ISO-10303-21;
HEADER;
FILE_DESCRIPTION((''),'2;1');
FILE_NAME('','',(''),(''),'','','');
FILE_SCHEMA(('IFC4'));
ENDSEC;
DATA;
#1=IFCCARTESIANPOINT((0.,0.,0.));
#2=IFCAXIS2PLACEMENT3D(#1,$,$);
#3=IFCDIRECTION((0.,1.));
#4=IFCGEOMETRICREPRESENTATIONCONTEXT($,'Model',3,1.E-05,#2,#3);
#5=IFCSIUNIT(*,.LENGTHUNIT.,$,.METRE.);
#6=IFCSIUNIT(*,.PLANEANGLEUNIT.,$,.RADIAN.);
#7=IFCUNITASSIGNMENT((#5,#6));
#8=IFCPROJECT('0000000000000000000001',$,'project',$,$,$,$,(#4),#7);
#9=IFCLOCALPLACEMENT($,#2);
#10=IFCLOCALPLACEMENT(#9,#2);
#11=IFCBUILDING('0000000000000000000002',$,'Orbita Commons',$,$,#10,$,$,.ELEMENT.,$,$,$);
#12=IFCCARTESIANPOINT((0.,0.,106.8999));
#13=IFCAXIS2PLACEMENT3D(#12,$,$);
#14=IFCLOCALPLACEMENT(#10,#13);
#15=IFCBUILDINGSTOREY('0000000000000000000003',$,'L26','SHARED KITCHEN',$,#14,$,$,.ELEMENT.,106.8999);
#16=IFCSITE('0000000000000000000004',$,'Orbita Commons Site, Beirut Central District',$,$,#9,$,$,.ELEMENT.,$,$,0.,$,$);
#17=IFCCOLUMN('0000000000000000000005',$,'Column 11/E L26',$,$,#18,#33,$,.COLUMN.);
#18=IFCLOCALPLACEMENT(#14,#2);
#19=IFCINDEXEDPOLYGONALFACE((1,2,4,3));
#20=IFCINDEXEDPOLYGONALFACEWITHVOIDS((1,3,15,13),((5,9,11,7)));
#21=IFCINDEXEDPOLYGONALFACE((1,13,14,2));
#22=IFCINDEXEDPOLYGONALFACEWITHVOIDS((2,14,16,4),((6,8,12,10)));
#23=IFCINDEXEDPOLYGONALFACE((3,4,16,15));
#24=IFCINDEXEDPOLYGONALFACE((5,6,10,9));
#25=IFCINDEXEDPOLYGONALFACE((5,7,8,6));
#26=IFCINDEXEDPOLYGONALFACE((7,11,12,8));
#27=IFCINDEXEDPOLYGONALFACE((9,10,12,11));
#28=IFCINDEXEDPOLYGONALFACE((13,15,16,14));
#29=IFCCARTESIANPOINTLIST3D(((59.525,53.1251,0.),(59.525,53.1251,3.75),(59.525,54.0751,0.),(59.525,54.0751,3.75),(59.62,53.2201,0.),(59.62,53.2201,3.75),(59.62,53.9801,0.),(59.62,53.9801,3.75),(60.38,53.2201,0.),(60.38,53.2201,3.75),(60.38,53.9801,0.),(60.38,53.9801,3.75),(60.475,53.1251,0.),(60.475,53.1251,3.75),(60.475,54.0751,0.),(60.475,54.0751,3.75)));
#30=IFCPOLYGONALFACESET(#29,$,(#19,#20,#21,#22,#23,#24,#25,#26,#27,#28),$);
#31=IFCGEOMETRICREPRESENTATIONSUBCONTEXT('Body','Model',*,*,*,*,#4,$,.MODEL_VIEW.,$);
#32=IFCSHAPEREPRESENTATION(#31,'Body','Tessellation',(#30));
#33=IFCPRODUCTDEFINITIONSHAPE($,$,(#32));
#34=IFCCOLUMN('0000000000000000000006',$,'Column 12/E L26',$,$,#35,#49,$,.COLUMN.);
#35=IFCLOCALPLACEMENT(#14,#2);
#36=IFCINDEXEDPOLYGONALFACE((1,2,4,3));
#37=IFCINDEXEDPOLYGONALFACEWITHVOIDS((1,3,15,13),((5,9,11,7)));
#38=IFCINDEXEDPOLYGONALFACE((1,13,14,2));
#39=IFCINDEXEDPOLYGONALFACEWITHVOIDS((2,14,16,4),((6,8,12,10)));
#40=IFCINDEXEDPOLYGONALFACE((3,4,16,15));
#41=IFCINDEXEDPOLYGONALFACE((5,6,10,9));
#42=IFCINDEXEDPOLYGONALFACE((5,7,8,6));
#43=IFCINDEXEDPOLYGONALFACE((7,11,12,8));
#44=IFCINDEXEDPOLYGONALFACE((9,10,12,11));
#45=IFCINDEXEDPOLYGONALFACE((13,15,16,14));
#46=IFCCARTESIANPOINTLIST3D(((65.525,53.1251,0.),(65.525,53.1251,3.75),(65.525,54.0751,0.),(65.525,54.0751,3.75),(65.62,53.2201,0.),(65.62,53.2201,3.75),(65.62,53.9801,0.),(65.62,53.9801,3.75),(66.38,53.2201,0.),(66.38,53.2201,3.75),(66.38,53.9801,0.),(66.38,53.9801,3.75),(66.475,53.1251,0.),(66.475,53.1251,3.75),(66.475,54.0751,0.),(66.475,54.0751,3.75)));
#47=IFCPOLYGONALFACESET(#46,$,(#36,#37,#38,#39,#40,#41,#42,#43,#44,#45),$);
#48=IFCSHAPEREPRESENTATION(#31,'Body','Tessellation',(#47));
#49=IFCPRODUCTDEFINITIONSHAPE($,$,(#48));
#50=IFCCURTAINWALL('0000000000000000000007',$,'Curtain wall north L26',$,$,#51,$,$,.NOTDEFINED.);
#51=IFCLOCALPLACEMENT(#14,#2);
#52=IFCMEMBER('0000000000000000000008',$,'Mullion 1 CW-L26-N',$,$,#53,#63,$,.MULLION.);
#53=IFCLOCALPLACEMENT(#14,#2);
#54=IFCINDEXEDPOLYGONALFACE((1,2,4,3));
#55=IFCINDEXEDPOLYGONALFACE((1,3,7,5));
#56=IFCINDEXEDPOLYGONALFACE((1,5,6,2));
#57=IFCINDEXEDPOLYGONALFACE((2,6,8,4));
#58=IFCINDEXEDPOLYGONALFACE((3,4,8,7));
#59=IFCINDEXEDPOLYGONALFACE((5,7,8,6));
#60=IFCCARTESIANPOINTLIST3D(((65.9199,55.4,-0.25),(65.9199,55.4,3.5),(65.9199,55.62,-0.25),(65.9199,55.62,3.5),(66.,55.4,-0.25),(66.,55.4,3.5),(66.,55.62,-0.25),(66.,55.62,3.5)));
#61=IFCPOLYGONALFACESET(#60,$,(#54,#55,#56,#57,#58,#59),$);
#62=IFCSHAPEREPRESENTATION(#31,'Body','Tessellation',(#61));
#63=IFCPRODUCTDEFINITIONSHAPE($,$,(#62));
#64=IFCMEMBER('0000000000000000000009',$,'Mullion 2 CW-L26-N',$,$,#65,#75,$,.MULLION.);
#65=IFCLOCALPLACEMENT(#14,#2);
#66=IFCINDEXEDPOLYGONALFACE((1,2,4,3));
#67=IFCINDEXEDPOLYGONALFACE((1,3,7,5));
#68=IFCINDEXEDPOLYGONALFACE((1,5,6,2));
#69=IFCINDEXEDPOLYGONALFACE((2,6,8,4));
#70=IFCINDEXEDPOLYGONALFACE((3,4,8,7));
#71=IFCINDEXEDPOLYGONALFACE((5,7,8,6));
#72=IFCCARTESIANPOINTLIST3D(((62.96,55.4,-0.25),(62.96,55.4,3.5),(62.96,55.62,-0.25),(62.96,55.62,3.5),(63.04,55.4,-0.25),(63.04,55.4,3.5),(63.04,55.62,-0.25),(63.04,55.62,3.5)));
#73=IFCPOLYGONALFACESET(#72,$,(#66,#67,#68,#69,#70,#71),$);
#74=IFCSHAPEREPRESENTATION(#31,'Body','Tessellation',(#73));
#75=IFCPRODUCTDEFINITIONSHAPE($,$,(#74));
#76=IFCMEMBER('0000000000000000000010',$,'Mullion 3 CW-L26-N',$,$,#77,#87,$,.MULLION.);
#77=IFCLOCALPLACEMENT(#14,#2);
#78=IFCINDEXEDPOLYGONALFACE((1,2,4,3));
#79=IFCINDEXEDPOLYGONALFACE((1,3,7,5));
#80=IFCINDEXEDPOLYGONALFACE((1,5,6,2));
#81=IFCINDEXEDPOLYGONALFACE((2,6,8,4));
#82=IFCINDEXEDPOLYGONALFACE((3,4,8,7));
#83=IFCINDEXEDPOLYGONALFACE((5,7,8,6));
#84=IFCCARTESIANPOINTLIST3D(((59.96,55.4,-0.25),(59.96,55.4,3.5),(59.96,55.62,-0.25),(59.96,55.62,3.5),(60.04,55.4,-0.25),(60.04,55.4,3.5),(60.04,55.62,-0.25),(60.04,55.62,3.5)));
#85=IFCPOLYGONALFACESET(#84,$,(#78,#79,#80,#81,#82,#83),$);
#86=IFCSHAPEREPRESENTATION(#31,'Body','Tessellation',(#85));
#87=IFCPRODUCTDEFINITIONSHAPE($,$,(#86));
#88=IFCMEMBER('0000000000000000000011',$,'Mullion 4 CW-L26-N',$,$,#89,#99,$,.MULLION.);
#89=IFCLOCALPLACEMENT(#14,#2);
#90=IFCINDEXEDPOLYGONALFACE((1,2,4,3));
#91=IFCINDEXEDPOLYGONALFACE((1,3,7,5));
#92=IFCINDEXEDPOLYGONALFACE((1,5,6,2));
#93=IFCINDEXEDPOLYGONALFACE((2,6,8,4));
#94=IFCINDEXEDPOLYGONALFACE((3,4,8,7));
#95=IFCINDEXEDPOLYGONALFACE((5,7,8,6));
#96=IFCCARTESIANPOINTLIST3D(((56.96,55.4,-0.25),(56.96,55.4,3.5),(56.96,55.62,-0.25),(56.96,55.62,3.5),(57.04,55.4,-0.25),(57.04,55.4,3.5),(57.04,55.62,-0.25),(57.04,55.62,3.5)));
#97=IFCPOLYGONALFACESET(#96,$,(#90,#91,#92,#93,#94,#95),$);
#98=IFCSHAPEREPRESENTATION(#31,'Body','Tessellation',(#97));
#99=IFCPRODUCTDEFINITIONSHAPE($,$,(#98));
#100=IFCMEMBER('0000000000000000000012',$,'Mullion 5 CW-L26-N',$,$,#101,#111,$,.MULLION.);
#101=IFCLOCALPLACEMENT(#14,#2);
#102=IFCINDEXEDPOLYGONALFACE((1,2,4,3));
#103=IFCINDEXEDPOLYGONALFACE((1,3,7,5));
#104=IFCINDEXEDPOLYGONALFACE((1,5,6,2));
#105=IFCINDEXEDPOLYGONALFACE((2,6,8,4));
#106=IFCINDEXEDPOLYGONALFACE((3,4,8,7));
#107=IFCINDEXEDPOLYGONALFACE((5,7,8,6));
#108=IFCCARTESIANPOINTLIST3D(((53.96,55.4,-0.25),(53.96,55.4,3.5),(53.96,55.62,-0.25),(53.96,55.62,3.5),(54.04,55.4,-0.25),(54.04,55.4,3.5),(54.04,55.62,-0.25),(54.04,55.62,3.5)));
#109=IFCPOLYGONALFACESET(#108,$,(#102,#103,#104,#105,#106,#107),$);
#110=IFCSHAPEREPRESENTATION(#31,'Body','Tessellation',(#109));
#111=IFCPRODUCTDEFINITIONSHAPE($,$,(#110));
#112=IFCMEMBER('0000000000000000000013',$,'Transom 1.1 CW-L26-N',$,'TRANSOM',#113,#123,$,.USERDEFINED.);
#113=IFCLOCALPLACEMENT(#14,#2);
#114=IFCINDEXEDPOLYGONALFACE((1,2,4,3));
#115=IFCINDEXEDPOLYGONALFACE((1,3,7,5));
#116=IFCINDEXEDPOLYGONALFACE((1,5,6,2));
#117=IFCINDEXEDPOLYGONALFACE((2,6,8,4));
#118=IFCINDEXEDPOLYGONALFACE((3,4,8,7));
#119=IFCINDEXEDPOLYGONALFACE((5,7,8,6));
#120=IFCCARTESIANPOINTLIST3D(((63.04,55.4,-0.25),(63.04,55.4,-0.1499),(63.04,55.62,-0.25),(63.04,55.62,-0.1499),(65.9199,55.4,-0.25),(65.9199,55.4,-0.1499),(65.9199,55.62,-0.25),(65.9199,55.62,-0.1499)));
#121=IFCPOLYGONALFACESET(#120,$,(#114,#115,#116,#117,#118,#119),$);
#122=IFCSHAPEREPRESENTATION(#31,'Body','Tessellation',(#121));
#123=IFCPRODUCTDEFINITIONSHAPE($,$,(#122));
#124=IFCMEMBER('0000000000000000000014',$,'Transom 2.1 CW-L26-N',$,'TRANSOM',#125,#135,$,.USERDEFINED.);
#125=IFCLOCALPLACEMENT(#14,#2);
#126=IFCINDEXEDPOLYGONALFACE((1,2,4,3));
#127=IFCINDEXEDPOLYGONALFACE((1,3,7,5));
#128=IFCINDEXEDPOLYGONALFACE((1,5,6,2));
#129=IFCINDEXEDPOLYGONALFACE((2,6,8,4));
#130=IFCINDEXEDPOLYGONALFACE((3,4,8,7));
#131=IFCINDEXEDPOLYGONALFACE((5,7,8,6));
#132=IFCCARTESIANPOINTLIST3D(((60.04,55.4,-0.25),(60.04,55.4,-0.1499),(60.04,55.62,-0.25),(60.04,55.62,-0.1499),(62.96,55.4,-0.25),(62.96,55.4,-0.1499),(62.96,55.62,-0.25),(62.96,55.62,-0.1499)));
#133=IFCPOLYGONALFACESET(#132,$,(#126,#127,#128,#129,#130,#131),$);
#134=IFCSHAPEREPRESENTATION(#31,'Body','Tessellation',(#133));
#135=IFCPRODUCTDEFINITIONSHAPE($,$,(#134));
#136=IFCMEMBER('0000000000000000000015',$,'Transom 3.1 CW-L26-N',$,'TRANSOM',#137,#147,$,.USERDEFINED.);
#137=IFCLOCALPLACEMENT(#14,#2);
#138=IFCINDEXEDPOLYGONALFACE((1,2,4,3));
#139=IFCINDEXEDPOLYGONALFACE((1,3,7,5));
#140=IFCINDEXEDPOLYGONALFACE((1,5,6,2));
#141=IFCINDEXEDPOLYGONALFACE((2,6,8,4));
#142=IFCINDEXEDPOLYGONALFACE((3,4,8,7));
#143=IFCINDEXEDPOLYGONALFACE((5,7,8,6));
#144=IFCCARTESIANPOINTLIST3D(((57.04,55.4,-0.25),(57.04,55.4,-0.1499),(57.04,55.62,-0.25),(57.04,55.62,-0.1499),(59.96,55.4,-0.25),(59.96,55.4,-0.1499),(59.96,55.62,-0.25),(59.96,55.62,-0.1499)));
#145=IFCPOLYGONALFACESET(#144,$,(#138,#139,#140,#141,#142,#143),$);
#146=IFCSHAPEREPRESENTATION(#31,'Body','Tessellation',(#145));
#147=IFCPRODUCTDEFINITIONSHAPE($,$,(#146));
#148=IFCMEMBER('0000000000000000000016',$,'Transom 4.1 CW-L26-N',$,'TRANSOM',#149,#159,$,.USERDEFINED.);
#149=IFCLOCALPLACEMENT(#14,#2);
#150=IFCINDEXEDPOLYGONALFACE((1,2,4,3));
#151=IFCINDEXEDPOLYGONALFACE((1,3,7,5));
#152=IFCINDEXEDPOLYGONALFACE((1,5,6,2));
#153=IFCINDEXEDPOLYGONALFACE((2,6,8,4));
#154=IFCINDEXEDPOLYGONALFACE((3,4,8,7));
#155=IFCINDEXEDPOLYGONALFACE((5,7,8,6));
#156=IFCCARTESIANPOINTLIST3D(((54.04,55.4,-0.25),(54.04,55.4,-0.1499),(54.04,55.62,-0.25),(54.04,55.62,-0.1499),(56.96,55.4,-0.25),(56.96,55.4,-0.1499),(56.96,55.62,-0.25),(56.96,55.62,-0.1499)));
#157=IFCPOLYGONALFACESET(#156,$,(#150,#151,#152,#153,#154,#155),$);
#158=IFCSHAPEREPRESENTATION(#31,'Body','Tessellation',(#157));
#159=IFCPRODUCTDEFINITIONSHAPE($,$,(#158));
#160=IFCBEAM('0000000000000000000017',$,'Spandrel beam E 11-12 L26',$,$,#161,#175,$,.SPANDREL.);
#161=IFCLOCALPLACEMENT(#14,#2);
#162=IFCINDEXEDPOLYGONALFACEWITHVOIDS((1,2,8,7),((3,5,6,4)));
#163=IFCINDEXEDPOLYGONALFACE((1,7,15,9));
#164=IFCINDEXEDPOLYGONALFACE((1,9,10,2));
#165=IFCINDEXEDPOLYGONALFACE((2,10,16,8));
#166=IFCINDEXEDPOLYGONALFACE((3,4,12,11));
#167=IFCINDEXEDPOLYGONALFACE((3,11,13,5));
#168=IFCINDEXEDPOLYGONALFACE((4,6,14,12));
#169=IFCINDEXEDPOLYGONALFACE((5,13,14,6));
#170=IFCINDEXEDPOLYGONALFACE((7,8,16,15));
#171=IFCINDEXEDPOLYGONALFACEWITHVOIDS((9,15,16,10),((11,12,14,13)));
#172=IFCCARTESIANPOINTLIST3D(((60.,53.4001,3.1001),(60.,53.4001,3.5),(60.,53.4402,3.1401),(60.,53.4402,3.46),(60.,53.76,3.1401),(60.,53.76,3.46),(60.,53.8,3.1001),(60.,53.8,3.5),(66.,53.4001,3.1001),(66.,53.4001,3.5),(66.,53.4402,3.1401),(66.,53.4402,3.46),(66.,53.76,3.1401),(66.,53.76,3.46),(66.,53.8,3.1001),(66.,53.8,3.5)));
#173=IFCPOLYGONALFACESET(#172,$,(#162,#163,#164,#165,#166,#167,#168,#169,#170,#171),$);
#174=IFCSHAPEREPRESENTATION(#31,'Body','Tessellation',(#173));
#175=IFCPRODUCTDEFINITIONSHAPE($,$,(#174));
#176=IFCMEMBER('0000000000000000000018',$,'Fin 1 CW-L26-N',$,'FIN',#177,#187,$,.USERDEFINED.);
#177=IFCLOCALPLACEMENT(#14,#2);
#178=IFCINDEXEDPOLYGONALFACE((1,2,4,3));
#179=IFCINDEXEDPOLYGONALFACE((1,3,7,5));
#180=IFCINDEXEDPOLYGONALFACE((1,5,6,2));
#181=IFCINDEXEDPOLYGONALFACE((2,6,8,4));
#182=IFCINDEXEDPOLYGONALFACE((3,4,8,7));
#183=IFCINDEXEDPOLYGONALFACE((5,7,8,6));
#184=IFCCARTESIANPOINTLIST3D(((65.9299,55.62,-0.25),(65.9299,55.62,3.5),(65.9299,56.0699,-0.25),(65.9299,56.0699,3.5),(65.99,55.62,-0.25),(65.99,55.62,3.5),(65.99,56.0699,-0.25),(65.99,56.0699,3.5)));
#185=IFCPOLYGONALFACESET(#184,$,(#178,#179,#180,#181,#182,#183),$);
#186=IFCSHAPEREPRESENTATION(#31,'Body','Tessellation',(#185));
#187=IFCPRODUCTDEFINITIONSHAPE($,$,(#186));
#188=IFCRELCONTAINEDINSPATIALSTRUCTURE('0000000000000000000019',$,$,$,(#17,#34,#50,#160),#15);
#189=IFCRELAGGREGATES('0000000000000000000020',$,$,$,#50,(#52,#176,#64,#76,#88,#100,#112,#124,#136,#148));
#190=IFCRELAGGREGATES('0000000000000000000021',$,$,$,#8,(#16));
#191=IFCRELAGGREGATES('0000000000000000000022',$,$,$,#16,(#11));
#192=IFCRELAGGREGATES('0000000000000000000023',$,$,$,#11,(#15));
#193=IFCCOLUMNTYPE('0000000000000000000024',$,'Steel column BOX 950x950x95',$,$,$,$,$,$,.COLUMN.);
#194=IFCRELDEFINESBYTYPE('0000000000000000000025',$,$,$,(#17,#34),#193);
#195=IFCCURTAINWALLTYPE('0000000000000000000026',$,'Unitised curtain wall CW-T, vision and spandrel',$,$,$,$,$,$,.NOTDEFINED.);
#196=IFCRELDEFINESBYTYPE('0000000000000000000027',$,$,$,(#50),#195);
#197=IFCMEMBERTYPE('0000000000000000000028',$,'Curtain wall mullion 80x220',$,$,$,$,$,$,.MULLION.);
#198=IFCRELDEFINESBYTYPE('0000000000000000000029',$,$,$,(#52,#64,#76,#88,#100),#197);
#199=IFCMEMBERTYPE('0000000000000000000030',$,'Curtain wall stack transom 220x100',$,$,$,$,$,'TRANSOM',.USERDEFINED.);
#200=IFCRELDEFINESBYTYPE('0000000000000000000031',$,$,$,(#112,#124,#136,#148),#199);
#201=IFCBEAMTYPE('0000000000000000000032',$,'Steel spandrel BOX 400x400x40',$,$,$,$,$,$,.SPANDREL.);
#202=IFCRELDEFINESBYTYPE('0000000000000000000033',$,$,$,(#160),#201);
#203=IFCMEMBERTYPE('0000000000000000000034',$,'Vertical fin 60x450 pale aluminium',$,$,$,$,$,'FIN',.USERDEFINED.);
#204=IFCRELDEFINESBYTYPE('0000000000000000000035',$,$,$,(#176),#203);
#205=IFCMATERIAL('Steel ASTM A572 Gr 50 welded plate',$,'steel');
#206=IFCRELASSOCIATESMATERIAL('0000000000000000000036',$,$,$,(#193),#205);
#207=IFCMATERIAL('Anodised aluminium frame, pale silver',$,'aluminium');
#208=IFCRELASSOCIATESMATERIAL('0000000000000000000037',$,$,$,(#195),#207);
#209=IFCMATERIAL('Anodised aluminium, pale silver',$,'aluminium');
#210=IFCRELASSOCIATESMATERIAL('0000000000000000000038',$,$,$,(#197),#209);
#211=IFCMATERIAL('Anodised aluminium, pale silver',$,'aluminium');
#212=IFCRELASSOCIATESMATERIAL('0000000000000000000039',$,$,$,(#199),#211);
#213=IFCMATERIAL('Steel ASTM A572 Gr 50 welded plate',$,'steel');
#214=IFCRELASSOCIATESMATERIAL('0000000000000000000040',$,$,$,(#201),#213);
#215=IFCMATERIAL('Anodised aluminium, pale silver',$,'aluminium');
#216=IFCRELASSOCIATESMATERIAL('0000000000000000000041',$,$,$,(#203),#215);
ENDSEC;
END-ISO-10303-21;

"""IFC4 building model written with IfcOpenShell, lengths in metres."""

from ifc_helpers import new_model, si_unit, direction, frame, origin, origin_2d, place, context, subcontext, project, spatial, rectangle, hollow_rectangle, extrude, material, material_profile, profile_set, type_object, element, aggregate, save


model = new_model("IFC4")

# Units and contexts
model_context = context("Model", 3, precision=1e-05, world=origin(), true_north=direction((0.0, 1.0)))
body_context = subcontext(model_context, "Body", "Model", "MODEL_VIEW")
ifc_project = project(units=[si_unit("LENGTHUNIT", "METRE"), si_unit("PLANEANGLEUNIT", "RADIAN")], contexts=[model_context])

# Site, building, storey
site_placement = place(None, origin())
site = spatial("IfcSite", under=ifc_project, at=site_placement, Name="Orbita Commons Site, Beirut Central District", CompositionType="ELEMENT", RefElevation=0.0)
building_placement = place(site_placement, origin())
building = spatial("IfcBuilding", under=site, at=building_placement, Name="Orbita Commons", CompositionType="ELEMENT")
storey_placement = place(building_placement, frame((0.0, 0.0, 106.8999)))
storey = spatial("IfcBuildingStorey", under=building, at=storey_placement, Name="L26", Description="SHARED KITCHEN", CompositionType="ELEMENT", Elevation=106.8999)

# Columns
ifc_material_1 = material(Name="Steel ASTM A572 Gr 50 welded plate", Category="steel")
ifc_material_profile_1 = material_profile(ifc_material_1, hollow_rectangle(XDim=0.95, YDim=0.95, WallThickness=0.095, at=origin_2d()), Name="BOX 950x950x95")
ifc_profile_set_1 = profile_set([ifc_material_profile_1], Name="Steel ASTM A572 Gr 50 welded plate")
column_type = type_object("IfcColumnType", Name="Steel column BOX 950x950x95", PredefinedType="COLUMN", material=ifc_profile_set_1)
for number, where, z_axis, x_axis, name in (
    (1, (60.0, 53.6001, 0.0), (0.0, 0.0, 1.0), (1.0, 0.0, 0.0), "Column 11/E L26"),
    (2, (66.0, 53.6001, 0.0), (0.0, 0.0, 1.0), (1.0, 0.0, 0.0), "Column 12/E L26"),
):
    element("IfcColumn", number, at=place(storey_placement, frame(where, z_axis=z_axis, x_axis=x_axis)), inside=storey, type_object=column_type, Name=name, PredefinedType="COLUMN", context=body_context, shape_type="SweptSolid", body=[
        extrude(hollow_rectangle(XDim=0.95, YDim=0.95, WallThickness=0.095, at=origin_2d()), origin(), (0.0, 0.0, 1.0), 3.75),
    ])

# Curtain wall, members
ifc_material_2 = material(Name="Anodised aluminium frame, pale silver", Category="aluminium")
curtain_wall_type = type_object("IfcCurtainWallType", Name="Unitised curtain wall CW-T, vision and spandrel", PredefinedType="NOTDEFINED", material=ifc_material_2)
curtain_wall_placement = place(storey_placement, origin())
curtain_wall = element("IfcCurtainWall", 3, at=curtain_wall_placement, inside=storey, type_object=curtain_wall_type, Name="Curtain wall north L26", PredefinedType="NOTDEFINED")
ifc_material_3 = material(Name="Anodised aluminium, pale silver", Category="aluminium")
ifc_material_profile_2 = material_profile(ifc_material_3, rectangle(XDim=0.0801, YDim=0.22, at=origin_2d()), Name="AL 80x220")
ifc_profile_set_2 = profile_set([ifc_material_profile_2], Name="Anodised aluminium, pale silver")
member_type_1 = type_object("IfcMemberType", Name="Curtain wall mullion 80x220", PredefinedType="MULLION", material=ifc_profile_set_2)
member_1_placement = place(storey_placement, frame((65.96, 55.51, -0.25), z_axis=(0.0, 0.0, 1.0), x_axis=(-1.0, 0.0, 0.0)))
member_1 = element("IfcMember", 4, at=member_1_placement, type_object=member_type_1, Name="Mullion 1 CW-L26-N", PredefinedType="MULLION", context=body_context, shape_type="SweptSolid", body=[
    extrude(rectangle(XDim=0.0801, YDim=0.22, at=origin_2d()), origin(), (0.0, 0.0, 1.0), 3.75),
])
member_2_placement = place(storey_placement, frame((63.0, 55.51, -0.25), z_axis=(0.0, 0.0, 1.0), x_axis=(-1.0, 0.0, 0.0)))
member_2 = element("IfcMember", 5, at=member_2_placement, type_object=member_type_1, Name="Mullion 2 CW-L26-N", PredefinedType="MULLION", context=body_context, shape_type="SweptSolid", body=[
    extrude(rectangle(XDim=0.0801, YDim=0.22, at=origin_2d()), origin(), (0.0, 0.0, 1.0), 3.75),
])
member_3_placement = place(storey_placement, frame((60.0, 55.51, -0.25), z_axis=(0.0, 0.0, 1.0), x_axis=(-1.0, 0.0, 0.0)))
member_3 = element("IfcMember", 6, at=member_3_placement, type_object=member_type_1, Name="Mullion 3 CW-L26-N", PredefinedType="MULLION", context=body_context, shape_type="SweptSolid", body=[
    extrude(rectangle(XDim=0.0801, YDim=0.22, at=origin_2d()), origin(), (0.0, 0.0, 1.0), 3.75),
])
member_4_placement = place(storey_placement, frame((57.0, 55.51, -0.25), z_axis=(0.0, 0.0, 1.0), x_axis=(-1.0, 0.0, 0.0)))
member_4 = element("IfcMember", 7, at=member_4_placement, type_object=member_type_1, Name="Mullion 4 CW-L26-N", PredefinedType="MULLION", context=body_context, shape_type="SweptSolid", body=[
    extrude(rectangle(XDim=0.0801, YDim=0.22, at=origin_2d()), origin(), (0.0, 0.0, 1.0), 3.75),
])
member_5_placement = place(storey_placement, frame((54.0, 55.51, -0.25), z_axis=(0.0, 0.0, 1.0), x_axis=(-1.0, 0.0, 0.0)))
member_5 = element("IfcMember", 8, at=member_5_placement, type_object=member_type_1, Name="Mullion 5 CW-L26-N", PredefinedType="MULLION", context=body_context, shape_type="SweptSolid", body=[
    extrude(rectangle(XDim=0.0801, YDim=0.22, at=origin_2d()), origin(), (0.0, 0.0, 1.0), 3.75),
])
ifc_material_4 = material(Name="Anodised aluminium, pale silver", Category="aluminium")
ifc_material_profile_3 = material_profile(ifc_material_4, rectangle(XDim=0.22, YDim=0.1001, at=origin_2d()), Name="AL 220x100")
ifc_profile_set_3 = profile_set([ifc_material_profile_3], Name="Anodised aluminium, pale silver")
member_type_2 = type_object("IfcMemberType", Name="Curtain wall stack transom 220x100", ElementType="TRANSOM", PredefinedType="USERDEFINED", material=ifc_profile_set_3)
member_6_placement = place(storey_placement, frame((65.9199, 55.51, -0.2), z_axis=(-1.0, 0.0, 0.0), x_axis=(0.0, -1.0, 0.0)))
member_6 = element("IfcMember", 9, at=member_6_placement, type_object=member_type_2, Name="Transom 1.1 CW-L26-N", ObjectType="TRANSOM", PredefinedType="USERDEFINED", context=body_context, shape_type="SweptSolid", body=[
    extrude(rectangle(XDim=0.22, YDim=0.1001, at=origin_2d()), origin(), (0.0, 0.0, 1.0), 2.8799),
])
member_7_placement = place(storey_placement, frame((62.96, 55.51, -0.2), z_axis=(-1.0, 0.0, 0.0), x_axis=(0.0, -1.0, 0.0)))
member_7 = element("IfcMember", 10, at=member_7_placement, type_object=member_type_2, Name="Transom 2.1 CW-L26-N", ObjectType="TRANSOM", PredefinedType="USERDEFINED", context=body_context, shape_type="SweptSolid", body=[
    extrude(rectangle(XDim=0.22, YDim=0.1001, at=origin_2d()), origin(), (0.0, 0.0, 1.0), 2.9199),
])
member_8_placement = place(storey_placement, frame((59.96, 55.51, -0.2), z_axis=(-1.0, 0.0, 0.0), x_axis=(0.0, -1.0, 0.0)))
member_8 = element("IfcMember", 11, at=member_8_placement, type_object=member_type_2, Name="Transom 3.1 CW-L26-N", ObjectType="TRANSOM", PredefinedType="USERDEFINED", context=body_context, shape_type="SweptSolid", body=[
    extrude(rectangle(XDim=0.22, YDim=0.1001, at=origin_2d()), origin(), (0.0, 0.0, 1.0), 2.9199),
])
member_9_placement = place(storey_placement, frame((56.96, 55.51, -0.2), z_axis=(-1.0, 0.0, 0.0), x_axis=(0.0, -1.0, 0.0)))
member_9 = element("IfcMember", 12, at=member_9_placement, type_object=member_type_2, Name="Transom 4.1 CW-L26-N", ObjectType="TRANSOM", PredefinedType="USERDEFINED", context=body_context, shape_type="SweptSolid", body=[
    extrude(rectangle(XDim=0.22, YDim=0.1001, at=origin_2d()), origin(), (0.0, 0.0, 1.0), 2.9199),
])

# Beam
ifc_material_5 = material(Name="Steel ASTM A572 Gr 50 welded plate", Category="steel")
ifc_material_profile_4 = material_profile(ifc_material_5, hollow_rectangle(XDim=0.3999, YDim=0.3999, WallThickness=0.04, at=origin_2d()), Name="BOX 400x400x40")
ifc_profile_set_4 = profile_set([ifc_material_profile_4], Name="Steel ASTM A572 Gr 50 welded plate")
beam_type = type_object("IfcBeamType", Name="Steel spandrel BOX 400x400x40", PredefinedType="SPANDREL", material=ifc_profile_set_4)
beam_placement = place(storey_placement, frame((60.0, 53.6001, 3.3), z_axis=(1.0, 0.0, 0.0), x_axis=(0.0, 1.0, 0.0)))
element("IfcBeam", 13, at=beam_placement, inside=storey, type_object=beam_type, Name="Spandrel beam E 11-12 L26", PredefinedType="SPANDREL", context=body_context, shape_type="SweptSolid", body=[
    extrude(hollow_rectangle(XDim=0.3999, YDim=0.3999, WallThickness=0.04, at=origin_2d()), origin(), (0.0, 0.0, 1.0), 6.0),
])

# Member
ifc_material_6 = material(Name="Anodised aluminium, pale silver", Category="aluminium")
ifc_material_profile_5 = material_profile(ifc_material_6, rectangle(XDim=0.0601, YDim=0.45, at=origin_2d()), Name="FIN 60x450")
ifc_profile_set_5 = profile_set([ifc_material_profile_5], Name="Anodised aluminium, pale silver")
member_type_3 = type_object("IfcMemberType", Name="Vertical fin 60x450 pale aluminium", ElementType="FIN", PredefinedType="USERDEFINED", material=ifc_profile_set_5)
member_10_placement = place(storey_placement, frame((65.96, 55.845, -0.25), z_axis=(0.0, 0.0, 1.0), x_axis=(-1.0, 0.0, 0.0)))
member_10 = element("IfcMember", 14, at=member_10_placement, type_object=member_type_3, Name="Fin 1 CW-L26-N", ObjectType="FIN", PredefinedType="USERDEFINED", context=body_context, shape_type="SweptSolid", body=[
    extrude(rectangle(XDim=0.0601, YDim=0.45, at=origin_2d()), origin(), (0.0, 0.0, 1.0), 3.75),
])

aggregate(curtain_wall, [member_1, member_10, member_2, member_3, member_4, member_5, member_6, member_7, member_8, member_9])

save(model, "model.ifc")
